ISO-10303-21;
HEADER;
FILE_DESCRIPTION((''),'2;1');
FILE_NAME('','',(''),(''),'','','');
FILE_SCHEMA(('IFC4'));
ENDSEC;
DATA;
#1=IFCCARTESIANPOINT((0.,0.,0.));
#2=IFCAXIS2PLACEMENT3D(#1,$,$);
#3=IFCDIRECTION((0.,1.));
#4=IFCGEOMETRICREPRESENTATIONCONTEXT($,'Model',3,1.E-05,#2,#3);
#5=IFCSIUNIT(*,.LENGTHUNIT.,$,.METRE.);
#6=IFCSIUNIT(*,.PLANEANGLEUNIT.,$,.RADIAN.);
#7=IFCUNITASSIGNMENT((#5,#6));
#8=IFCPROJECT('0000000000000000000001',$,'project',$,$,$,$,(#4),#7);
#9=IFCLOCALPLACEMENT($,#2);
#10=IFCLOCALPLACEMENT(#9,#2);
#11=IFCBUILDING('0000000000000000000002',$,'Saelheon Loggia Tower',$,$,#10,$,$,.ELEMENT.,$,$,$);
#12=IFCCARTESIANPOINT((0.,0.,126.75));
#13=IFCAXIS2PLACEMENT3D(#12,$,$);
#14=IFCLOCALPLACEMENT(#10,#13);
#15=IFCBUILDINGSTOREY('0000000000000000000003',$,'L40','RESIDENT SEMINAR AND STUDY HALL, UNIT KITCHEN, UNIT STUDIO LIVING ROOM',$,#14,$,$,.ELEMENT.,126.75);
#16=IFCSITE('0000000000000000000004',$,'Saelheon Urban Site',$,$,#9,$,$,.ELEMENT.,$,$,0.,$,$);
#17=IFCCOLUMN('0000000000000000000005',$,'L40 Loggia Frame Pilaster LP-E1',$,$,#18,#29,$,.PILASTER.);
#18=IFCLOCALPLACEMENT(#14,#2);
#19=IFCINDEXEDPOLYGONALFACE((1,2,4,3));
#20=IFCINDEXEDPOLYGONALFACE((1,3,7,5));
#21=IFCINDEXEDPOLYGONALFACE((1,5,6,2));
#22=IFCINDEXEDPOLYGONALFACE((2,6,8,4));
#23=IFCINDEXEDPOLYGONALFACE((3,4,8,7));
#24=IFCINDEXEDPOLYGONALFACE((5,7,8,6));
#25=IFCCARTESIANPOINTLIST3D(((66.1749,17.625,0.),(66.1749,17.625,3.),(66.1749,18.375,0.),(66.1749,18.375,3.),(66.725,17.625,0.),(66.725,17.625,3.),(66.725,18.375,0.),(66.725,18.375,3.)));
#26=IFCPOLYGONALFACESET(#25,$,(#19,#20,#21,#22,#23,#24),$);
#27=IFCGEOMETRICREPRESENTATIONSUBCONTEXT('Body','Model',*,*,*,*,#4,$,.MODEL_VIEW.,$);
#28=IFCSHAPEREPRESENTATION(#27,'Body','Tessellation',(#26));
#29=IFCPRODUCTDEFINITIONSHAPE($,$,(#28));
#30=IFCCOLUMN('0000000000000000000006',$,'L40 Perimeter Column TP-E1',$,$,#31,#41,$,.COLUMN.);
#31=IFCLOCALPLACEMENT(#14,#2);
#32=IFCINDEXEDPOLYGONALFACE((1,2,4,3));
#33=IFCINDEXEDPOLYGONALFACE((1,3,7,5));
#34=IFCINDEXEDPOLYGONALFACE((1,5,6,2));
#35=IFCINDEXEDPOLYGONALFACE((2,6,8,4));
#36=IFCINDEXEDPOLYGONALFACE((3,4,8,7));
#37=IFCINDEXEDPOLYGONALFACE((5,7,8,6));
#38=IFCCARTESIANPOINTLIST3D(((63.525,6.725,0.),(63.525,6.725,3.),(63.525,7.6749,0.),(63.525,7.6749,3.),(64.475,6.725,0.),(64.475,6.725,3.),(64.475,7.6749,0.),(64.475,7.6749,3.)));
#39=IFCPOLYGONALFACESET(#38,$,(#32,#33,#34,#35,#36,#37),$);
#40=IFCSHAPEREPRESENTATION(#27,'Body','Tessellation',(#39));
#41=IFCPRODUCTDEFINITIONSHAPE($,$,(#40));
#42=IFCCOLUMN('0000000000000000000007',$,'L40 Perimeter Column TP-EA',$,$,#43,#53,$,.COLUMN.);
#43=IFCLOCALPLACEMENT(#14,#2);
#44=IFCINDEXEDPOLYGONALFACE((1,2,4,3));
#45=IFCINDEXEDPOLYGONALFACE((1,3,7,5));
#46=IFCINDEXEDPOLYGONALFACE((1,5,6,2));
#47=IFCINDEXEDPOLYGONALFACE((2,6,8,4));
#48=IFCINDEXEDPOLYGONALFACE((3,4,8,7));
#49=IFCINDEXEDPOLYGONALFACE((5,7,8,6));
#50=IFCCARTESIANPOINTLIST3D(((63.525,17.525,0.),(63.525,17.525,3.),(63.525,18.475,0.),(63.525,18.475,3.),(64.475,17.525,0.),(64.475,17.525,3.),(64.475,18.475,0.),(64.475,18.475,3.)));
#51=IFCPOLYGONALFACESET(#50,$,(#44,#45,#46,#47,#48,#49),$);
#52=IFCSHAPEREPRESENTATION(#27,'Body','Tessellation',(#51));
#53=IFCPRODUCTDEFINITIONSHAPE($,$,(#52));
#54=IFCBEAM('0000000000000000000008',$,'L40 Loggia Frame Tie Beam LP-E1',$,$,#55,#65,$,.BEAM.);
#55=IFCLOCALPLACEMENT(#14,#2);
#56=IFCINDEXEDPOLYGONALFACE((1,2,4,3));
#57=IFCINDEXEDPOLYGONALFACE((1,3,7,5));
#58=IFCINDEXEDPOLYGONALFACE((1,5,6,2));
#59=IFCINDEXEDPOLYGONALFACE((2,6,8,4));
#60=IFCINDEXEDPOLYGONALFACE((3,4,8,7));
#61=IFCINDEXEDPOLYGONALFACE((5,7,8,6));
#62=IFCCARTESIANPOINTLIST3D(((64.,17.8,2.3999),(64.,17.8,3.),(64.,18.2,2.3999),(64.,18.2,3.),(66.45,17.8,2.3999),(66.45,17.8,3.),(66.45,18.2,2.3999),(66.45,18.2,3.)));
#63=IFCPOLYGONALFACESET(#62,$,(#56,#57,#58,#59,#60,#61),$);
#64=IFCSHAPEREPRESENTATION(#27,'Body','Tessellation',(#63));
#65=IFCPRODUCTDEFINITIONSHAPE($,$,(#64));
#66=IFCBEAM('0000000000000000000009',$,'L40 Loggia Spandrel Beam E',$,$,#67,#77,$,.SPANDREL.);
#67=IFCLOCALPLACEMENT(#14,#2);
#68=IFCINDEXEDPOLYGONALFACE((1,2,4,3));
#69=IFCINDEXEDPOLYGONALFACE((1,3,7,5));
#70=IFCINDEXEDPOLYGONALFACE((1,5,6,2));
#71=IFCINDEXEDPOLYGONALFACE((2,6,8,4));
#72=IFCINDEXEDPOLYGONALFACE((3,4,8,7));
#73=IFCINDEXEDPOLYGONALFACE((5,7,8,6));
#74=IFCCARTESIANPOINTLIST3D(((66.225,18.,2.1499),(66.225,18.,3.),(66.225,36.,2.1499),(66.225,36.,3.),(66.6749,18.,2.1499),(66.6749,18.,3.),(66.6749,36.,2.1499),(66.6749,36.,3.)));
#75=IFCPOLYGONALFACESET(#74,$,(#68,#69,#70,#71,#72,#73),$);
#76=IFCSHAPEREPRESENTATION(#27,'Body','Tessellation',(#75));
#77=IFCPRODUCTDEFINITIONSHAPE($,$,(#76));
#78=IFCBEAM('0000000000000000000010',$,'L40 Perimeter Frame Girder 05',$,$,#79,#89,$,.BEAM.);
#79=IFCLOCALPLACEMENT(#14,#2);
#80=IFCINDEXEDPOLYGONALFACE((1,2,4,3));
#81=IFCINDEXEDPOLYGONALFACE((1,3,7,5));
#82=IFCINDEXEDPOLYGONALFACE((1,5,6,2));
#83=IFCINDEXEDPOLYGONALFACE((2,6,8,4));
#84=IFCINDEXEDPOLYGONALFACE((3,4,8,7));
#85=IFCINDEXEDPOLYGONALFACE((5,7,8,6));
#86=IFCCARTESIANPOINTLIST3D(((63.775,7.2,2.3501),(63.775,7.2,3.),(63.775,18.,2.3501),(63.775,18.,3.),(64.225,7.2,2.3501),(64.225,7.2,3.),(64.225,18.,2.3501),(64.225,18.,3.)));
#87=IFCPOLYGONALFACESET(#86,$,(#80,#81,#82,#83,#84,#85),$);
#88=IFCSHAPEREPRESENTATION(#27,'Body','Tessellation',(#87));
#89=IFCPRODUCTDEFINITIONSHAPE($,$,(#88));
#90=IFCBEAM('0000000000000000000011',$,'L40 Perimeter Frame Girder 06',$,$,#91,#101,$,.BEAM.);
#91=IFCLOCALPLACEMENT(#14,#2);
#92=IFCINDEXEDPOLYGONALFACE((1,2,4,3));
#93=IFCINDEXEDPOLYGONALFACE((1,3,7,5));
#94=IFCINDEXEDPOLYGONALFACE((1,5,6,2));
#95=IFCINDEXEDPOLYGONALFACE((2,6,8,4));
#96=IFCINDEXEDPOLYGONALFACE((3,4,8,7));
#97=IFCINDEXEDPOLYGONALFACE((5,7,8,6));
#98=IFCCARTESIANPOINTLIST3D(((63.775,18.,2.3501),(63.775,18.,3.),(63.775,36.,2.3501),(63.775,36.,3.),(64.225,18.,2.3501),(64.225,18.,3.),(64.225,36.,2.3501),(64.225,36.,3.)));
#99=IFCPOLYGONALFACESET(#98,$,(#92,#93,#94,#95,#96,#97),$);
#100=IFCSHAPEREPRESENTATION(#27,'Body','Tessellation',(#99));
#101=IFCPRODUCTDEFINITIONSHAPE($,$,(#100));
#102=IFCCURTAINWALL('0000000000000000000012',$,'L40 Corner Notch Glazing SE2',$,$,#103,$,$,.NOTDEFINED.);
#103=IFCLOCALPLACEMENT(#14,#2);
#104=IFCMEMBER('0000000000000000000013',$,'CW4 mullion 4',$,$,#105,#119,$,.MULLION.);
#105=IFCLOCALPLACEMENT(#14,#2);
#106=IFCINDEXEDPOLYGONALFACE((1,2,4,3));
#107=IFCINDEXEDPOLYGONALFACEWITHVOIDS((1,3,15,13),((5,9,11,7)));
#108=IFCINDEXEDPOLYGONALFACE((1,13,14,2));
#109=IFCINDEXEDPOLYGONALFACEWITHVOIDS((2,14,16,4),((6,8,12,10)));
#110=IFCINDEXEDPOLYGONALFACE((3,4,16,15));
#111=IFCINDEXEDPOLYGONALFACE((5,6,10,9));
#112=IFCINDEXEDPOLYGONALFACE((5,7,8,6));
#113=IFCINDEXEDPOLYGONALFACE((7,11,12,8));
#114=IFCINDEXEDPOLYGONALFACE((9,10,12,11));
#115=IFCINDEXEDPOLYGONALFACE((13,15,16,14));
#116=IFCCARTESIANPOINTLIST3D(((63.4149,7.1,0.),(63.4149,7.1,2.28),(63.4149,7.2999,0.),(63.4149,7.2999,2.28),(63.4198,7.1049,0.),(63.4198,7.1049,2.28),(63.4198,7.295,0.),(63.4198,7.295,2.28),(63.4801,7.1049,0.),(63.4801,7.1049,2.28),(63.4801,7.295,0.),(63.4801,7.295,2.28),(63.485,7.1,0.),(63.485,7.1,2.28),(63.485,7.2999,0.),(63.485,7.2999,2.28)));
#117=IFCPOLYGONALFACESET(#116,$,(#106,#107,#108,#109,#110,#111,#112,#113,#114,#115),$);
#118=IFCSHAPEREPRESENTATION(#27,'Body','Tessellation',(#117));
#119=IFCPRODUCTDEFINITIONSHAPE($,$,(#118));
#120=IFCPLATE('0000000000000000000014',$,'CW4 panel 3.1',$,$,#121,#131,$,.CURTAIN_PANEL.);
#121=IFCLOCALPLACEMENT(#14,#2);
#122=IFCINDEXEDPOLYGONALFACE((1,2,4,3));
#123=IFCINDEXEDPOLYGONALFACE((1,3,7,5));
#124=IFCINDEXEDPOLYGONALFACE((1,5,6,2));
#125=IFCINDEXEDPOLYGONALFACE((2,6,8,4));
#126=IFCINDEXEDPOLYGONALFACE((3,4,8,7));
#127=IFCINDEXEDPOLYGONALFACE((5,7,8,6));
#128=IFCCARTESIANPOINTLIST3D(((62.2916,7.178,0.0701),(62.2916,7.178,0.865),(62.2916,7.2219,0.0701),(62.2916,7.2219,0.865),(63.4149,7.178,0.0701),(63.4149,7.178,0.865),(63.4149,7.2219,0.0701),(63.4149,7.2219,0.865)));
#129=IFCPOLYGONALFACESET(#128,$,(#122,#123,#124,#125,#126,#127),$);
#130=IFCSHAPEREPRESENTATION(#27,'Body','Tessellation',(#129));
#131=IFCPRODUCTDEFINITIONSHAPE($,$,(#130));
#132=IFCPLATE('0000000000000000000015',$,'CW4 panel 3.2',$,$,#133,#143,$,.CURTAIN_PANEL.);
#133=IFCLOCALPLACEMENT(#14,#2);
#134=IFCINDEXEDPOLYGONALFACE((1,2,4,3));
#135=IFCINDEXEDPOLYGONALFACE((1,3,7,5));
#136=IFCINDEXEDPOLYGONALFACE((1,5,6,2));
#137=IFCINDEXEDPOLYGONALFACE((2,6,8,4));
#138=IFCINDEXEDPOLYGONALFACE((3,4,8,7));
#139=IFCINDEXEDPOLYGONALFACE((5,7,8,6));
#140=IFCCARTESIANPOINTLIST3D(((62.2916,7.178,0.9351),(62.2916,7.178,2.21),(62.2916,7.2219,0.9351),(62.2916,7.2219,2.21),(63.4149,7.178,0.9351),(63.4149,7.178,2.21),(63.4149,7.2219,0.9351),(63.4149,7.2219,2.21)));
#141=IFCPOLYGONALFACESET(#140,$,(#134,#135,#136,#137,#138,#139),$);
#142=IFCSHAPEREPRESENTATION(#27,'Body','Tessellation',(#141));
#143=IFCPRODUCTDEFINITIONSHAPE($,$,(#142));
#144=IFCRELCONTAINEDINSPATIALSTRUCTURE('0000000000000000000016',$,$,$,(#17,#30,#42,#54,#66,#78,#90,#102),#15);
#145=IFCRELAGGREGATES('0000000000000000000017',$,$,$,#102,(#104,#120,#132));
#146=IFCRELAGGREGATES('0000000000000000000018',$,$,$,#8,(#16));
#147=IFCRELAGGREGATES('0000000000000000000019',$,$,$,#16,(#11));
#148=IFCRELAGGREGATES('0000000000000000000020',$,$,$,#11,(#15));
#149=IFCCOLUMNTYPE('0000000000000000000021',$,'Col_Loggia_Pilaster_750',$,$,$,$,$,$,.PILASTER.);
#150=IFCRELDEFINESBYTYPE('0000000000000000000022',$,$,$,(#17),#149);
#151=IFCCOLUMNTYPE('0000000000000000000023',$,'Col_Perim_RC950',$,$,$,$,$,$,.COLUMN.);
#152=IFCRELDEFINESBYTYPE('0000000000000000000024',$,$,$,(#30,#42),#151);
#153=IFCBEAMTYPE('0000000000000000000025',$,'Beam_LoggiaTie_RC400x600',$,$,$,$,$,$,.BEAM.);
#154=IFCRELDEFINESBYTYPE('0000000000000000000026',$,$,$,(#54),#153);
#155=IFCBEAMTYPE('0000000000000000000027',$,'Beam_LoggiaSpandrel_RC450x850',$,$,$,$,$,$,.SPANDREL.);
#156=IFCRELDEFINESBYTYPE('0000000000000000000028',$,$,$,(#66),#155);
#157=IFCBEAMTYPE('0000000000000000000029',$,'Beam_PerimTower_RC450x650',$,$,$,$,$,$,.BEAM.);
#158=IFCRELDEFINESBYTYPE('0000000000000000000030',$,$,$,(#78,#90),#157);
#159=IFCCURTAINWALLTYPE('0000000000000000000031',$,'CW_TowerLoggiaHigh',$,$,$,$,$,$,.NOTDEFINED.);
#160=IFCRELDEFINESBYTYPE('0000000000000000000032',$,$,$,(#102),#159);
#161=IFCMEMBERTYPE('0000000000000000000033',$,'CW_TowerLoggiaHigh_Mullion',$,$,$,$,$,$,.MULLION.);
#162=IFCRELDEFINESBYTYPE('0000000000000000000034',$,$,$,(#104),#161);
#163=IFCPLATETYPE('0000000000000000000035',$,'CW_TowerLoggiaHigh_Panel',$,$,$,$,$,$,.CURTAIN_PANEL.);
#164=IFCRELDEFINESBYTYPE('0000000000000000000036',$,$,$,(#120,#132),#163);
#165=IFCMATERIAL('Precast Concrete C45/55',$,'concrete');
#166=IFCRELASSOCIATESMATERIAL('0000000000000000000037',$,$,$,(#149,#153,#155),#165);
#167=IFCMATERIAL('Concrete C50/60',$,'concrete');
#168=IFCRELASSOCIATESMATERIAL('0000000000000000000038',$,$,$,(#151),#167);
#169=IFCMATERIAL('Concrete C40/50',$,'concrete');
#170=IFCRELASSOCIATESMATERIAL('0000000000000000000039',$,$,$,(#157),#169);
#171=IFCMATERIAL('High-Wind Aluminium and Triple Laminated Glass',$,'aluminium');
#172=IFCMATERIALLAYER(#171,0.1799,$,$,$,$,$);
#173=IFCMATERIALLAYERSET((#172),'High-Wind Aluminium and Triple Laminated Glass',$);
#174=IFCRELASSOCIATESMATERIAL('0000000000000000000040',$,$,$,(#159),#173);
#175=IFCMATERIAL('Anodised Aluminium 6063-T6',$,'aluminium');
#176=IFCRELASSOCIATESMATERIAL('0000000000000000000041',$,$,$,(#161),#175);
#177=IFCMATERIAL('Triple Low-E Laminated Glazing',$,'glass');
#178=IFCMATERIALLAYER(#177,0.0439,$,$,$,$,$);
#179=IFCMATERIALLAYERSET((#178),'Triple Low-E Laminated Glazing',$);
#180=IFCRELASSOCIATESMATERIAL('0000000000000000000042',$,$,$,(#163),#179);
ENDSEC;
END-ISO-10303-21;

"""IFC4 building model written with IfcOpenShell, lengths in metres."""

from ifc_helpers import new_model, si_unit, direction, frame, origin, origin_2d, place, context, subcontext, project, spatial, rectangle, hollow_rectangle, extrude, source, transform, mapped, material, layer, layer_set, material_profile, profile_set, type_object, element, aggregate, save


model = new_model("IFC4")

# Units and contexts
model_context = context("Model", 3, precision=1e-05, world=origin(), true_north=direction((0.0, 1.0)))
body_context = subcontext(model_context, "Body", "Model", "MODEL_VIEW")
ifc_project = project(units=[si_unit("LENGTHUNIT", "METRE"), si_unit("PLANEANGLEUNIT", "RADIAN")], contexts=[model_context])

# Site, building, storey
site_placement = place(None, origin())
site = spatial("IfcSite", under=ifc_project, at=site_placement, Name="Saelheon Urban Site", CompositionType="ELEMENT", RefElevation=0.0)
building_placement = place(site_placement, origin())
building = spatial("IfcBuilding", under=site, at=building_placement, Name="Saelheon Loggia Tower", CompositionType="ELEMENT")
storey_placement = place(building_placement, frame((0.0, 0.0, 126.75)))
storey = spatial("IfcBuildingStorey", under=building, at=storey_placement, Name="L40", Description="RESIDENT SEMINAR AND STUDY HALL, UNIT KITCHEN, UNIT STUDIO LIVING ROOM", CompositionType="ELEMENT", Elevation=126.75)

# Columns
ifc_material_1 = material(Name="Precast Concrete C45/55", Category="concrete")
ifc_material_profile_1 = material_profile(ifc_material_1, rectangle(XDim=0.55, YDim=0.75, at=origin_2d()), Name="RC-550x750")
ifc_profile_set_1 = profile_set([ifc_material_profile_1], Name="Precast Concrete C45/55")
column_type_1 = type_object("IfcColumnType", Name="Col_Loggia_Pilaster_750", PredefinedType="PILASTER", material=ifc_profile_set_1)
shared_shape_1 = source(origin(), body_context, "Body", "SweptSolid", [
    extrude(rectangle(XDim=0.55, YDim=0.75, at=origin_2d()), origin(), (0.0, 0.0, 1.0), 3.0),
])
column_placement = place(storey_placement, frame((66.45, 18.0, 0.0), z_axis=(0.0, 0.0, 1.0), x_axis=(1.0, 0.0, 0.0)))
element("IfcColumn", 1, at=column_placement, inside=storey, type_object=column_type_1, Name="L40 Loggia Frame Pilaster LP-E1", PredefinedType="PILASTER", context=body_context, shape_type="MappedRepresentation", body=[
    mapped(shared_shape_1, transform((0.0, 0.0, 0.0), scale=1.0)),
])
ifc_material_2 = material(Name="Concrete C50/60", Category="concrete")
ifc_material_profile_2 = material_profile(ifc_material_2, rectangle(XDim=0.95, YDim=0.95, at=origin_2d()), Name="RC-950x950")
ifc_profile_set_2 = profile_set([ifc_material_profile_2], Name="Concrete C50/60")
column_type_2 = type_object("IfcColumnType", Name="Col_Perim_RC950", PredefinedType="COLUMN", material=ifc_profile_set_2)
shared_shape_2 = source(origin(), body_context, "Body", "SweptSolid", [
    extrude(rectangle(XDim=0.95, YDim=0.95, at=origin_2d()), origin(), (0.0, 0.0, 1.0), 3.0),
])
for number, where, z_axis, x_axis, name in (
    (2, (64.0, 7.2, 0.0), (0.0, 0.0, 1.0), (1.0, 0.0, 0.0), "L40 Perimeter Column TP-E1"),
    (3, (64.0, 18.0, 0.0), (0.0, 0.0, 1.0), (1.0, 0.0, 0.0), "L40 Perimeter Column TP-EA"),
):
    element("IfcColumn", number, at=place(storey_placement, frame(where, z_axis=z_axis, x_axis=x_axis)), inside=storey, type_object=column_type_2, Name=name, PredefinedType="COLUMN", context=body_context, shape_type="MappedRepresentation", body=[
        mapped(shared_shape_2, transform((0.0, 0.0, 0.0), scale=1.0)),
    ])

# Beams
ifc_material_profile_3 = material_profile(ifc_material_1, rectangle(XDim=0.3999, YDim=0.6001, at=origin_2d()), Name="RC-400x600")
ifc_profile_set_3 = profile_set([ifc_material_profile_3], Name="Precast Concrete C45/55")
beam_type_1 = type_object("IfcBeamType", Name="Beam_LoggiaTie_RC400x600", PredefinedType="BEAM", material=ifc_profile_set_3)
shared_shape_3 = source(origin(), body_context, "Body", "SweptSolid", [
    extrude(rectangle(XDim=0.3999, YDim=0.6001, at=origin_2d()), origin(), (0.0, 0.0, 1.0), 2.45),
])
beam_1_placement = place(storey_placement, frame((64.0, 18.0, 2.7), z_axis=(1.0, 0.0, 0.0), x_axis=(0.0, 1.0, 0.0)))
element("IfcBeam", 4, at=beam_1_placement, inside=storey, type_object=beam_type_1, Name="L40 Loggia Frame Tie Beam LP-E1", PredefinedType="BEAM", context=body_context, shape_type="MappedRepresentation", body=[
    mapped(shared_shape_3, transform((0.0, 0.0, 0.0), scale=1.0)),
])
ifc_material_profile_4 = material_profile(ifc_material_1, rectangle(XDim=0.45, YDim=0.8501, at=origin_2d()), Name="RC-450x850")
ifc_profile_set_4 = profile_set([ifc_material_profile_4], Name="Precast Concrete C45/55")
beam_type_2 = type_object("IfcBeamType", Name="Beam_LoggiaSpandrel_RC450x850", PredefinedType="SPANDREL", material=ifc_profile_set_4)
shared_shape_4 = source(origin(), body_context, "Body", "SweptSolid", [
    extrude(rectangle(XDim=0.45, YDim=0.8501, at=origin_2d()), origin(), (0.0, 0.0, 1.0), 18.0),
])
beam_2_placement = place(storey_placement, frame((66.45, 18.0, 2.575), z_axis=(0.0, 1.0, 0.0), x_axis=(-1.0, 0.0, 0.0)))
element("IfcBeam", 5, at=beam_2_placement, inside=storey, type_object=beam_type_2, Name="L40 Loggia Spandrel Beam E", PredefinedType="SPANDREL", context=body_context, shape_type="MappedRepresentation", body=[
    mapped(shared_shape_4, transform((0.0, 0.0, 0.0), scale=1.0)),
])
ifc_material_3 = material(Name="Concrete C40/50", Category="concrete")
ifc_material_profile_5 = material_profile(ifc_material_3, rectangle(XDim=0.45, YDim=0.6499, at=origin_2d()), Name="RC-450x650")
ifc_profile_set_5 = profile_set([ifc_material_profile_5], Name="Concrete C40/50")
beam_type_3 = type_object("IfcBeamType", Name="Beam_PerimTower_RC450x650", PredefinedType="BEAM", material=ifc_profile_set_5)
shared_shape_5 = source(origin(), body_context, "Body", "SweptSolid", [
    extrude(rectangle(XDim=0.45, YDim=0.6499, at=origin_2d()), origin(), (0.0, 0.0, 1.0), 10.8),
])
beam_3_placement = place(storey_placement, frame((64.0, 7.2, 2.675), z_axis=(0.0, 1.0, 0.0), x_axis=(-1.0, 0.0, 0.0)))
element("IfcBeam", 6, at=beam_3_placement, inside=storey, type_object=beam_type_3, Name="L40 Perimeter Frame Girder 05", PredefinedType="BEAM", context=body_context, shape_type="MappedRepresentation", body=[
    mapped(shared_shape_5, transform((0.0, 0.0, 0.0), scale=1.0)),
])
shared_shape_6 = source(origin(), body_context, "Body", "SweptSolid", [
    extrude(rectangle(XDim=0.45, YDim=0.6499, at=origin_2d()), origin(), (0.0, 0.0, 1.0), 18.0),
])
beam_4_placement = place(storey_placement, frame((64.0, 18.0, 2.675), z_axis=(0.0, 1.0, 0.0), x_axis=(-1.0, 0.0, 0.0)))
element("IfcBeam", 7, at=beam_4_placement, inside=storey, type_object=beam_type_3, Name="L40 Perimeter Frame Girder 06", PredefinedType="BEAM", context=body_context, shape_type="MappedRepresentation", body=[
    mapped(shared_shape_6, transform((0.0, 0.0, 0.0), scale=1.0)),
])

# Curtain wall, member, plates
ifc_material_4 = material(Name="High-Wind Aluminium and Triple Laminated Glass", Category="aluminium")
ifc_layer_1 = layer(ifc_material_4, 0.1799)
ifc_layer_set_1 = layer_set([ifc_layer_1], Name="High-Wind Aluminium and Triple Laminated Glass")
curtain_wall_type = type_object("IfcCurtainWallType", Name="CW_TowerLoggiaHigh", PredefinedType="NOTDEFINED", material=ifc_layer_set_1)
curtain_wall_placement = place(storey_placement, origin())
curtain_wall = element("IfcCurtainWall", 8, at=curtain_wall_placement, inside=storey, type_object=curtain_wall_type, Name="L40 Corner Notch Glazing SE2", PredefinedType="NOTDEFINED")
ifc_material_5 = material(Name="Anodised Aluminium 6063-T6", Category="aluminium")
ifc_material_profile_6 = material_profile(ifc_material_5, hollow_rectangle(XDim=0.0701, YDim=0.2, WallThickness=0.0049, at=origin_2d()), Name="RHS-200x70x5")
ifc_profile_set_6 = profile_set([ifc_material_profile_6], Name="Anodised Aluminium 6063-T6")
member_type = type_object("IfcMemberType", Name="CW_TowerLoggiaHigh_Mullion", PredefinedType="MULLION", material=ifc_profile_set_6)
shared_shape_7 = source(origin(), body_context, "Body", "SweptSolid", [
    extrude(hollow_rectangle(XDim=0.0701, YDim=0.2, WallThickness=0.0049, at=origin_2d()), origin(), (0.0, 0.0, 1.0), 2.28),
])
member_placement = place(storey_placement, frame((63.45, 7.2, 0.0), z_axis=(0.0, 0.0, 1.0), x_axis=(1.0, 0.0, 0.0)))
member = element("IfcMember", 9, at=member_placement, type_object=member_type, Name="CW4 mullion 4", PredefinedType="MULLION", context=body_context, shape_type="MappedRepresentation", body=[
    mapped(shared_shape_7, transform((0.0, 0.0, 0.0), scale=1.0)),
])
ifc_material_6 = material(Name="Triple Low-E Laminated Glazing", Category="glass")
ifc_layer_2 = layer(ifc_material_6, 0.0439)
ifc_layer_set_2 = layer_set([ifc_layer_2], Name="Triple Low-E Laminated Glazing")
plate_type = type_object("IfcPlateType", Name="CW_TowerLoggiaHigh_Panel", PredefinedType="CURTAIN_PANEL", material=ifc_layer_set_2)
shared_shape_8 = source(origin(), body_context, "Body", "SweptSolid", [
    extrude(rectangle(XDim=1.1233, YDim=0.0439, at=origin_2d()), origin(), (0.0, 0.0, 1.0), 0.7949),
])
plate_1_placement = place(storey_placement, frame((62.8533, 7.2, 0.0701), z_axis=(0.0, 0.0, 1.0), x_axis=(1.0, 0.0, 0.0)))
plate_1 = element("IfcPlate", 10, at=plate_1_placement, type_object=plate_type, Name="CW4 panel 3.1", PredefinedType="CURTAIN_PANEL", context=body_context, shape_type="MappedRepresentation", body=[
    mapped(shared_shape_8, transform((0.0, 0.0, 0.0), scale=1.0)),
])
shared_shape_9 = source(origin(), body_context, "Body", "SweptSolid", [
    extrude(rectangle(XDim=1.1233, YDim=0.0439, at=origin_2d()), origin(), (0.0, 0.0, 1.0), 1.2749),
])
plate_2_placement = place(storey_placement, frame((62.8533, 7.2, 0.9351), z_axis=(0.0, 0.0, 1.0), x_axis=(1.0, 0.0, 0.0)))
plate_2 = element("IfcPlate", 11, at=plate_2_placement, type_object=plate_type, Name="CW4 panel 3.2", PredefinedType="CURTAIN_PANEL", context=body_context, shape_type="MappedRepresentation", body=[
    mapped(shared_shape_9, transform((0.0, 0.0, 0.0), scale=1.0)),
])
aggregate(curtain_wall, [member, plate_1, plate_2])

save(model, "model.ifc")
